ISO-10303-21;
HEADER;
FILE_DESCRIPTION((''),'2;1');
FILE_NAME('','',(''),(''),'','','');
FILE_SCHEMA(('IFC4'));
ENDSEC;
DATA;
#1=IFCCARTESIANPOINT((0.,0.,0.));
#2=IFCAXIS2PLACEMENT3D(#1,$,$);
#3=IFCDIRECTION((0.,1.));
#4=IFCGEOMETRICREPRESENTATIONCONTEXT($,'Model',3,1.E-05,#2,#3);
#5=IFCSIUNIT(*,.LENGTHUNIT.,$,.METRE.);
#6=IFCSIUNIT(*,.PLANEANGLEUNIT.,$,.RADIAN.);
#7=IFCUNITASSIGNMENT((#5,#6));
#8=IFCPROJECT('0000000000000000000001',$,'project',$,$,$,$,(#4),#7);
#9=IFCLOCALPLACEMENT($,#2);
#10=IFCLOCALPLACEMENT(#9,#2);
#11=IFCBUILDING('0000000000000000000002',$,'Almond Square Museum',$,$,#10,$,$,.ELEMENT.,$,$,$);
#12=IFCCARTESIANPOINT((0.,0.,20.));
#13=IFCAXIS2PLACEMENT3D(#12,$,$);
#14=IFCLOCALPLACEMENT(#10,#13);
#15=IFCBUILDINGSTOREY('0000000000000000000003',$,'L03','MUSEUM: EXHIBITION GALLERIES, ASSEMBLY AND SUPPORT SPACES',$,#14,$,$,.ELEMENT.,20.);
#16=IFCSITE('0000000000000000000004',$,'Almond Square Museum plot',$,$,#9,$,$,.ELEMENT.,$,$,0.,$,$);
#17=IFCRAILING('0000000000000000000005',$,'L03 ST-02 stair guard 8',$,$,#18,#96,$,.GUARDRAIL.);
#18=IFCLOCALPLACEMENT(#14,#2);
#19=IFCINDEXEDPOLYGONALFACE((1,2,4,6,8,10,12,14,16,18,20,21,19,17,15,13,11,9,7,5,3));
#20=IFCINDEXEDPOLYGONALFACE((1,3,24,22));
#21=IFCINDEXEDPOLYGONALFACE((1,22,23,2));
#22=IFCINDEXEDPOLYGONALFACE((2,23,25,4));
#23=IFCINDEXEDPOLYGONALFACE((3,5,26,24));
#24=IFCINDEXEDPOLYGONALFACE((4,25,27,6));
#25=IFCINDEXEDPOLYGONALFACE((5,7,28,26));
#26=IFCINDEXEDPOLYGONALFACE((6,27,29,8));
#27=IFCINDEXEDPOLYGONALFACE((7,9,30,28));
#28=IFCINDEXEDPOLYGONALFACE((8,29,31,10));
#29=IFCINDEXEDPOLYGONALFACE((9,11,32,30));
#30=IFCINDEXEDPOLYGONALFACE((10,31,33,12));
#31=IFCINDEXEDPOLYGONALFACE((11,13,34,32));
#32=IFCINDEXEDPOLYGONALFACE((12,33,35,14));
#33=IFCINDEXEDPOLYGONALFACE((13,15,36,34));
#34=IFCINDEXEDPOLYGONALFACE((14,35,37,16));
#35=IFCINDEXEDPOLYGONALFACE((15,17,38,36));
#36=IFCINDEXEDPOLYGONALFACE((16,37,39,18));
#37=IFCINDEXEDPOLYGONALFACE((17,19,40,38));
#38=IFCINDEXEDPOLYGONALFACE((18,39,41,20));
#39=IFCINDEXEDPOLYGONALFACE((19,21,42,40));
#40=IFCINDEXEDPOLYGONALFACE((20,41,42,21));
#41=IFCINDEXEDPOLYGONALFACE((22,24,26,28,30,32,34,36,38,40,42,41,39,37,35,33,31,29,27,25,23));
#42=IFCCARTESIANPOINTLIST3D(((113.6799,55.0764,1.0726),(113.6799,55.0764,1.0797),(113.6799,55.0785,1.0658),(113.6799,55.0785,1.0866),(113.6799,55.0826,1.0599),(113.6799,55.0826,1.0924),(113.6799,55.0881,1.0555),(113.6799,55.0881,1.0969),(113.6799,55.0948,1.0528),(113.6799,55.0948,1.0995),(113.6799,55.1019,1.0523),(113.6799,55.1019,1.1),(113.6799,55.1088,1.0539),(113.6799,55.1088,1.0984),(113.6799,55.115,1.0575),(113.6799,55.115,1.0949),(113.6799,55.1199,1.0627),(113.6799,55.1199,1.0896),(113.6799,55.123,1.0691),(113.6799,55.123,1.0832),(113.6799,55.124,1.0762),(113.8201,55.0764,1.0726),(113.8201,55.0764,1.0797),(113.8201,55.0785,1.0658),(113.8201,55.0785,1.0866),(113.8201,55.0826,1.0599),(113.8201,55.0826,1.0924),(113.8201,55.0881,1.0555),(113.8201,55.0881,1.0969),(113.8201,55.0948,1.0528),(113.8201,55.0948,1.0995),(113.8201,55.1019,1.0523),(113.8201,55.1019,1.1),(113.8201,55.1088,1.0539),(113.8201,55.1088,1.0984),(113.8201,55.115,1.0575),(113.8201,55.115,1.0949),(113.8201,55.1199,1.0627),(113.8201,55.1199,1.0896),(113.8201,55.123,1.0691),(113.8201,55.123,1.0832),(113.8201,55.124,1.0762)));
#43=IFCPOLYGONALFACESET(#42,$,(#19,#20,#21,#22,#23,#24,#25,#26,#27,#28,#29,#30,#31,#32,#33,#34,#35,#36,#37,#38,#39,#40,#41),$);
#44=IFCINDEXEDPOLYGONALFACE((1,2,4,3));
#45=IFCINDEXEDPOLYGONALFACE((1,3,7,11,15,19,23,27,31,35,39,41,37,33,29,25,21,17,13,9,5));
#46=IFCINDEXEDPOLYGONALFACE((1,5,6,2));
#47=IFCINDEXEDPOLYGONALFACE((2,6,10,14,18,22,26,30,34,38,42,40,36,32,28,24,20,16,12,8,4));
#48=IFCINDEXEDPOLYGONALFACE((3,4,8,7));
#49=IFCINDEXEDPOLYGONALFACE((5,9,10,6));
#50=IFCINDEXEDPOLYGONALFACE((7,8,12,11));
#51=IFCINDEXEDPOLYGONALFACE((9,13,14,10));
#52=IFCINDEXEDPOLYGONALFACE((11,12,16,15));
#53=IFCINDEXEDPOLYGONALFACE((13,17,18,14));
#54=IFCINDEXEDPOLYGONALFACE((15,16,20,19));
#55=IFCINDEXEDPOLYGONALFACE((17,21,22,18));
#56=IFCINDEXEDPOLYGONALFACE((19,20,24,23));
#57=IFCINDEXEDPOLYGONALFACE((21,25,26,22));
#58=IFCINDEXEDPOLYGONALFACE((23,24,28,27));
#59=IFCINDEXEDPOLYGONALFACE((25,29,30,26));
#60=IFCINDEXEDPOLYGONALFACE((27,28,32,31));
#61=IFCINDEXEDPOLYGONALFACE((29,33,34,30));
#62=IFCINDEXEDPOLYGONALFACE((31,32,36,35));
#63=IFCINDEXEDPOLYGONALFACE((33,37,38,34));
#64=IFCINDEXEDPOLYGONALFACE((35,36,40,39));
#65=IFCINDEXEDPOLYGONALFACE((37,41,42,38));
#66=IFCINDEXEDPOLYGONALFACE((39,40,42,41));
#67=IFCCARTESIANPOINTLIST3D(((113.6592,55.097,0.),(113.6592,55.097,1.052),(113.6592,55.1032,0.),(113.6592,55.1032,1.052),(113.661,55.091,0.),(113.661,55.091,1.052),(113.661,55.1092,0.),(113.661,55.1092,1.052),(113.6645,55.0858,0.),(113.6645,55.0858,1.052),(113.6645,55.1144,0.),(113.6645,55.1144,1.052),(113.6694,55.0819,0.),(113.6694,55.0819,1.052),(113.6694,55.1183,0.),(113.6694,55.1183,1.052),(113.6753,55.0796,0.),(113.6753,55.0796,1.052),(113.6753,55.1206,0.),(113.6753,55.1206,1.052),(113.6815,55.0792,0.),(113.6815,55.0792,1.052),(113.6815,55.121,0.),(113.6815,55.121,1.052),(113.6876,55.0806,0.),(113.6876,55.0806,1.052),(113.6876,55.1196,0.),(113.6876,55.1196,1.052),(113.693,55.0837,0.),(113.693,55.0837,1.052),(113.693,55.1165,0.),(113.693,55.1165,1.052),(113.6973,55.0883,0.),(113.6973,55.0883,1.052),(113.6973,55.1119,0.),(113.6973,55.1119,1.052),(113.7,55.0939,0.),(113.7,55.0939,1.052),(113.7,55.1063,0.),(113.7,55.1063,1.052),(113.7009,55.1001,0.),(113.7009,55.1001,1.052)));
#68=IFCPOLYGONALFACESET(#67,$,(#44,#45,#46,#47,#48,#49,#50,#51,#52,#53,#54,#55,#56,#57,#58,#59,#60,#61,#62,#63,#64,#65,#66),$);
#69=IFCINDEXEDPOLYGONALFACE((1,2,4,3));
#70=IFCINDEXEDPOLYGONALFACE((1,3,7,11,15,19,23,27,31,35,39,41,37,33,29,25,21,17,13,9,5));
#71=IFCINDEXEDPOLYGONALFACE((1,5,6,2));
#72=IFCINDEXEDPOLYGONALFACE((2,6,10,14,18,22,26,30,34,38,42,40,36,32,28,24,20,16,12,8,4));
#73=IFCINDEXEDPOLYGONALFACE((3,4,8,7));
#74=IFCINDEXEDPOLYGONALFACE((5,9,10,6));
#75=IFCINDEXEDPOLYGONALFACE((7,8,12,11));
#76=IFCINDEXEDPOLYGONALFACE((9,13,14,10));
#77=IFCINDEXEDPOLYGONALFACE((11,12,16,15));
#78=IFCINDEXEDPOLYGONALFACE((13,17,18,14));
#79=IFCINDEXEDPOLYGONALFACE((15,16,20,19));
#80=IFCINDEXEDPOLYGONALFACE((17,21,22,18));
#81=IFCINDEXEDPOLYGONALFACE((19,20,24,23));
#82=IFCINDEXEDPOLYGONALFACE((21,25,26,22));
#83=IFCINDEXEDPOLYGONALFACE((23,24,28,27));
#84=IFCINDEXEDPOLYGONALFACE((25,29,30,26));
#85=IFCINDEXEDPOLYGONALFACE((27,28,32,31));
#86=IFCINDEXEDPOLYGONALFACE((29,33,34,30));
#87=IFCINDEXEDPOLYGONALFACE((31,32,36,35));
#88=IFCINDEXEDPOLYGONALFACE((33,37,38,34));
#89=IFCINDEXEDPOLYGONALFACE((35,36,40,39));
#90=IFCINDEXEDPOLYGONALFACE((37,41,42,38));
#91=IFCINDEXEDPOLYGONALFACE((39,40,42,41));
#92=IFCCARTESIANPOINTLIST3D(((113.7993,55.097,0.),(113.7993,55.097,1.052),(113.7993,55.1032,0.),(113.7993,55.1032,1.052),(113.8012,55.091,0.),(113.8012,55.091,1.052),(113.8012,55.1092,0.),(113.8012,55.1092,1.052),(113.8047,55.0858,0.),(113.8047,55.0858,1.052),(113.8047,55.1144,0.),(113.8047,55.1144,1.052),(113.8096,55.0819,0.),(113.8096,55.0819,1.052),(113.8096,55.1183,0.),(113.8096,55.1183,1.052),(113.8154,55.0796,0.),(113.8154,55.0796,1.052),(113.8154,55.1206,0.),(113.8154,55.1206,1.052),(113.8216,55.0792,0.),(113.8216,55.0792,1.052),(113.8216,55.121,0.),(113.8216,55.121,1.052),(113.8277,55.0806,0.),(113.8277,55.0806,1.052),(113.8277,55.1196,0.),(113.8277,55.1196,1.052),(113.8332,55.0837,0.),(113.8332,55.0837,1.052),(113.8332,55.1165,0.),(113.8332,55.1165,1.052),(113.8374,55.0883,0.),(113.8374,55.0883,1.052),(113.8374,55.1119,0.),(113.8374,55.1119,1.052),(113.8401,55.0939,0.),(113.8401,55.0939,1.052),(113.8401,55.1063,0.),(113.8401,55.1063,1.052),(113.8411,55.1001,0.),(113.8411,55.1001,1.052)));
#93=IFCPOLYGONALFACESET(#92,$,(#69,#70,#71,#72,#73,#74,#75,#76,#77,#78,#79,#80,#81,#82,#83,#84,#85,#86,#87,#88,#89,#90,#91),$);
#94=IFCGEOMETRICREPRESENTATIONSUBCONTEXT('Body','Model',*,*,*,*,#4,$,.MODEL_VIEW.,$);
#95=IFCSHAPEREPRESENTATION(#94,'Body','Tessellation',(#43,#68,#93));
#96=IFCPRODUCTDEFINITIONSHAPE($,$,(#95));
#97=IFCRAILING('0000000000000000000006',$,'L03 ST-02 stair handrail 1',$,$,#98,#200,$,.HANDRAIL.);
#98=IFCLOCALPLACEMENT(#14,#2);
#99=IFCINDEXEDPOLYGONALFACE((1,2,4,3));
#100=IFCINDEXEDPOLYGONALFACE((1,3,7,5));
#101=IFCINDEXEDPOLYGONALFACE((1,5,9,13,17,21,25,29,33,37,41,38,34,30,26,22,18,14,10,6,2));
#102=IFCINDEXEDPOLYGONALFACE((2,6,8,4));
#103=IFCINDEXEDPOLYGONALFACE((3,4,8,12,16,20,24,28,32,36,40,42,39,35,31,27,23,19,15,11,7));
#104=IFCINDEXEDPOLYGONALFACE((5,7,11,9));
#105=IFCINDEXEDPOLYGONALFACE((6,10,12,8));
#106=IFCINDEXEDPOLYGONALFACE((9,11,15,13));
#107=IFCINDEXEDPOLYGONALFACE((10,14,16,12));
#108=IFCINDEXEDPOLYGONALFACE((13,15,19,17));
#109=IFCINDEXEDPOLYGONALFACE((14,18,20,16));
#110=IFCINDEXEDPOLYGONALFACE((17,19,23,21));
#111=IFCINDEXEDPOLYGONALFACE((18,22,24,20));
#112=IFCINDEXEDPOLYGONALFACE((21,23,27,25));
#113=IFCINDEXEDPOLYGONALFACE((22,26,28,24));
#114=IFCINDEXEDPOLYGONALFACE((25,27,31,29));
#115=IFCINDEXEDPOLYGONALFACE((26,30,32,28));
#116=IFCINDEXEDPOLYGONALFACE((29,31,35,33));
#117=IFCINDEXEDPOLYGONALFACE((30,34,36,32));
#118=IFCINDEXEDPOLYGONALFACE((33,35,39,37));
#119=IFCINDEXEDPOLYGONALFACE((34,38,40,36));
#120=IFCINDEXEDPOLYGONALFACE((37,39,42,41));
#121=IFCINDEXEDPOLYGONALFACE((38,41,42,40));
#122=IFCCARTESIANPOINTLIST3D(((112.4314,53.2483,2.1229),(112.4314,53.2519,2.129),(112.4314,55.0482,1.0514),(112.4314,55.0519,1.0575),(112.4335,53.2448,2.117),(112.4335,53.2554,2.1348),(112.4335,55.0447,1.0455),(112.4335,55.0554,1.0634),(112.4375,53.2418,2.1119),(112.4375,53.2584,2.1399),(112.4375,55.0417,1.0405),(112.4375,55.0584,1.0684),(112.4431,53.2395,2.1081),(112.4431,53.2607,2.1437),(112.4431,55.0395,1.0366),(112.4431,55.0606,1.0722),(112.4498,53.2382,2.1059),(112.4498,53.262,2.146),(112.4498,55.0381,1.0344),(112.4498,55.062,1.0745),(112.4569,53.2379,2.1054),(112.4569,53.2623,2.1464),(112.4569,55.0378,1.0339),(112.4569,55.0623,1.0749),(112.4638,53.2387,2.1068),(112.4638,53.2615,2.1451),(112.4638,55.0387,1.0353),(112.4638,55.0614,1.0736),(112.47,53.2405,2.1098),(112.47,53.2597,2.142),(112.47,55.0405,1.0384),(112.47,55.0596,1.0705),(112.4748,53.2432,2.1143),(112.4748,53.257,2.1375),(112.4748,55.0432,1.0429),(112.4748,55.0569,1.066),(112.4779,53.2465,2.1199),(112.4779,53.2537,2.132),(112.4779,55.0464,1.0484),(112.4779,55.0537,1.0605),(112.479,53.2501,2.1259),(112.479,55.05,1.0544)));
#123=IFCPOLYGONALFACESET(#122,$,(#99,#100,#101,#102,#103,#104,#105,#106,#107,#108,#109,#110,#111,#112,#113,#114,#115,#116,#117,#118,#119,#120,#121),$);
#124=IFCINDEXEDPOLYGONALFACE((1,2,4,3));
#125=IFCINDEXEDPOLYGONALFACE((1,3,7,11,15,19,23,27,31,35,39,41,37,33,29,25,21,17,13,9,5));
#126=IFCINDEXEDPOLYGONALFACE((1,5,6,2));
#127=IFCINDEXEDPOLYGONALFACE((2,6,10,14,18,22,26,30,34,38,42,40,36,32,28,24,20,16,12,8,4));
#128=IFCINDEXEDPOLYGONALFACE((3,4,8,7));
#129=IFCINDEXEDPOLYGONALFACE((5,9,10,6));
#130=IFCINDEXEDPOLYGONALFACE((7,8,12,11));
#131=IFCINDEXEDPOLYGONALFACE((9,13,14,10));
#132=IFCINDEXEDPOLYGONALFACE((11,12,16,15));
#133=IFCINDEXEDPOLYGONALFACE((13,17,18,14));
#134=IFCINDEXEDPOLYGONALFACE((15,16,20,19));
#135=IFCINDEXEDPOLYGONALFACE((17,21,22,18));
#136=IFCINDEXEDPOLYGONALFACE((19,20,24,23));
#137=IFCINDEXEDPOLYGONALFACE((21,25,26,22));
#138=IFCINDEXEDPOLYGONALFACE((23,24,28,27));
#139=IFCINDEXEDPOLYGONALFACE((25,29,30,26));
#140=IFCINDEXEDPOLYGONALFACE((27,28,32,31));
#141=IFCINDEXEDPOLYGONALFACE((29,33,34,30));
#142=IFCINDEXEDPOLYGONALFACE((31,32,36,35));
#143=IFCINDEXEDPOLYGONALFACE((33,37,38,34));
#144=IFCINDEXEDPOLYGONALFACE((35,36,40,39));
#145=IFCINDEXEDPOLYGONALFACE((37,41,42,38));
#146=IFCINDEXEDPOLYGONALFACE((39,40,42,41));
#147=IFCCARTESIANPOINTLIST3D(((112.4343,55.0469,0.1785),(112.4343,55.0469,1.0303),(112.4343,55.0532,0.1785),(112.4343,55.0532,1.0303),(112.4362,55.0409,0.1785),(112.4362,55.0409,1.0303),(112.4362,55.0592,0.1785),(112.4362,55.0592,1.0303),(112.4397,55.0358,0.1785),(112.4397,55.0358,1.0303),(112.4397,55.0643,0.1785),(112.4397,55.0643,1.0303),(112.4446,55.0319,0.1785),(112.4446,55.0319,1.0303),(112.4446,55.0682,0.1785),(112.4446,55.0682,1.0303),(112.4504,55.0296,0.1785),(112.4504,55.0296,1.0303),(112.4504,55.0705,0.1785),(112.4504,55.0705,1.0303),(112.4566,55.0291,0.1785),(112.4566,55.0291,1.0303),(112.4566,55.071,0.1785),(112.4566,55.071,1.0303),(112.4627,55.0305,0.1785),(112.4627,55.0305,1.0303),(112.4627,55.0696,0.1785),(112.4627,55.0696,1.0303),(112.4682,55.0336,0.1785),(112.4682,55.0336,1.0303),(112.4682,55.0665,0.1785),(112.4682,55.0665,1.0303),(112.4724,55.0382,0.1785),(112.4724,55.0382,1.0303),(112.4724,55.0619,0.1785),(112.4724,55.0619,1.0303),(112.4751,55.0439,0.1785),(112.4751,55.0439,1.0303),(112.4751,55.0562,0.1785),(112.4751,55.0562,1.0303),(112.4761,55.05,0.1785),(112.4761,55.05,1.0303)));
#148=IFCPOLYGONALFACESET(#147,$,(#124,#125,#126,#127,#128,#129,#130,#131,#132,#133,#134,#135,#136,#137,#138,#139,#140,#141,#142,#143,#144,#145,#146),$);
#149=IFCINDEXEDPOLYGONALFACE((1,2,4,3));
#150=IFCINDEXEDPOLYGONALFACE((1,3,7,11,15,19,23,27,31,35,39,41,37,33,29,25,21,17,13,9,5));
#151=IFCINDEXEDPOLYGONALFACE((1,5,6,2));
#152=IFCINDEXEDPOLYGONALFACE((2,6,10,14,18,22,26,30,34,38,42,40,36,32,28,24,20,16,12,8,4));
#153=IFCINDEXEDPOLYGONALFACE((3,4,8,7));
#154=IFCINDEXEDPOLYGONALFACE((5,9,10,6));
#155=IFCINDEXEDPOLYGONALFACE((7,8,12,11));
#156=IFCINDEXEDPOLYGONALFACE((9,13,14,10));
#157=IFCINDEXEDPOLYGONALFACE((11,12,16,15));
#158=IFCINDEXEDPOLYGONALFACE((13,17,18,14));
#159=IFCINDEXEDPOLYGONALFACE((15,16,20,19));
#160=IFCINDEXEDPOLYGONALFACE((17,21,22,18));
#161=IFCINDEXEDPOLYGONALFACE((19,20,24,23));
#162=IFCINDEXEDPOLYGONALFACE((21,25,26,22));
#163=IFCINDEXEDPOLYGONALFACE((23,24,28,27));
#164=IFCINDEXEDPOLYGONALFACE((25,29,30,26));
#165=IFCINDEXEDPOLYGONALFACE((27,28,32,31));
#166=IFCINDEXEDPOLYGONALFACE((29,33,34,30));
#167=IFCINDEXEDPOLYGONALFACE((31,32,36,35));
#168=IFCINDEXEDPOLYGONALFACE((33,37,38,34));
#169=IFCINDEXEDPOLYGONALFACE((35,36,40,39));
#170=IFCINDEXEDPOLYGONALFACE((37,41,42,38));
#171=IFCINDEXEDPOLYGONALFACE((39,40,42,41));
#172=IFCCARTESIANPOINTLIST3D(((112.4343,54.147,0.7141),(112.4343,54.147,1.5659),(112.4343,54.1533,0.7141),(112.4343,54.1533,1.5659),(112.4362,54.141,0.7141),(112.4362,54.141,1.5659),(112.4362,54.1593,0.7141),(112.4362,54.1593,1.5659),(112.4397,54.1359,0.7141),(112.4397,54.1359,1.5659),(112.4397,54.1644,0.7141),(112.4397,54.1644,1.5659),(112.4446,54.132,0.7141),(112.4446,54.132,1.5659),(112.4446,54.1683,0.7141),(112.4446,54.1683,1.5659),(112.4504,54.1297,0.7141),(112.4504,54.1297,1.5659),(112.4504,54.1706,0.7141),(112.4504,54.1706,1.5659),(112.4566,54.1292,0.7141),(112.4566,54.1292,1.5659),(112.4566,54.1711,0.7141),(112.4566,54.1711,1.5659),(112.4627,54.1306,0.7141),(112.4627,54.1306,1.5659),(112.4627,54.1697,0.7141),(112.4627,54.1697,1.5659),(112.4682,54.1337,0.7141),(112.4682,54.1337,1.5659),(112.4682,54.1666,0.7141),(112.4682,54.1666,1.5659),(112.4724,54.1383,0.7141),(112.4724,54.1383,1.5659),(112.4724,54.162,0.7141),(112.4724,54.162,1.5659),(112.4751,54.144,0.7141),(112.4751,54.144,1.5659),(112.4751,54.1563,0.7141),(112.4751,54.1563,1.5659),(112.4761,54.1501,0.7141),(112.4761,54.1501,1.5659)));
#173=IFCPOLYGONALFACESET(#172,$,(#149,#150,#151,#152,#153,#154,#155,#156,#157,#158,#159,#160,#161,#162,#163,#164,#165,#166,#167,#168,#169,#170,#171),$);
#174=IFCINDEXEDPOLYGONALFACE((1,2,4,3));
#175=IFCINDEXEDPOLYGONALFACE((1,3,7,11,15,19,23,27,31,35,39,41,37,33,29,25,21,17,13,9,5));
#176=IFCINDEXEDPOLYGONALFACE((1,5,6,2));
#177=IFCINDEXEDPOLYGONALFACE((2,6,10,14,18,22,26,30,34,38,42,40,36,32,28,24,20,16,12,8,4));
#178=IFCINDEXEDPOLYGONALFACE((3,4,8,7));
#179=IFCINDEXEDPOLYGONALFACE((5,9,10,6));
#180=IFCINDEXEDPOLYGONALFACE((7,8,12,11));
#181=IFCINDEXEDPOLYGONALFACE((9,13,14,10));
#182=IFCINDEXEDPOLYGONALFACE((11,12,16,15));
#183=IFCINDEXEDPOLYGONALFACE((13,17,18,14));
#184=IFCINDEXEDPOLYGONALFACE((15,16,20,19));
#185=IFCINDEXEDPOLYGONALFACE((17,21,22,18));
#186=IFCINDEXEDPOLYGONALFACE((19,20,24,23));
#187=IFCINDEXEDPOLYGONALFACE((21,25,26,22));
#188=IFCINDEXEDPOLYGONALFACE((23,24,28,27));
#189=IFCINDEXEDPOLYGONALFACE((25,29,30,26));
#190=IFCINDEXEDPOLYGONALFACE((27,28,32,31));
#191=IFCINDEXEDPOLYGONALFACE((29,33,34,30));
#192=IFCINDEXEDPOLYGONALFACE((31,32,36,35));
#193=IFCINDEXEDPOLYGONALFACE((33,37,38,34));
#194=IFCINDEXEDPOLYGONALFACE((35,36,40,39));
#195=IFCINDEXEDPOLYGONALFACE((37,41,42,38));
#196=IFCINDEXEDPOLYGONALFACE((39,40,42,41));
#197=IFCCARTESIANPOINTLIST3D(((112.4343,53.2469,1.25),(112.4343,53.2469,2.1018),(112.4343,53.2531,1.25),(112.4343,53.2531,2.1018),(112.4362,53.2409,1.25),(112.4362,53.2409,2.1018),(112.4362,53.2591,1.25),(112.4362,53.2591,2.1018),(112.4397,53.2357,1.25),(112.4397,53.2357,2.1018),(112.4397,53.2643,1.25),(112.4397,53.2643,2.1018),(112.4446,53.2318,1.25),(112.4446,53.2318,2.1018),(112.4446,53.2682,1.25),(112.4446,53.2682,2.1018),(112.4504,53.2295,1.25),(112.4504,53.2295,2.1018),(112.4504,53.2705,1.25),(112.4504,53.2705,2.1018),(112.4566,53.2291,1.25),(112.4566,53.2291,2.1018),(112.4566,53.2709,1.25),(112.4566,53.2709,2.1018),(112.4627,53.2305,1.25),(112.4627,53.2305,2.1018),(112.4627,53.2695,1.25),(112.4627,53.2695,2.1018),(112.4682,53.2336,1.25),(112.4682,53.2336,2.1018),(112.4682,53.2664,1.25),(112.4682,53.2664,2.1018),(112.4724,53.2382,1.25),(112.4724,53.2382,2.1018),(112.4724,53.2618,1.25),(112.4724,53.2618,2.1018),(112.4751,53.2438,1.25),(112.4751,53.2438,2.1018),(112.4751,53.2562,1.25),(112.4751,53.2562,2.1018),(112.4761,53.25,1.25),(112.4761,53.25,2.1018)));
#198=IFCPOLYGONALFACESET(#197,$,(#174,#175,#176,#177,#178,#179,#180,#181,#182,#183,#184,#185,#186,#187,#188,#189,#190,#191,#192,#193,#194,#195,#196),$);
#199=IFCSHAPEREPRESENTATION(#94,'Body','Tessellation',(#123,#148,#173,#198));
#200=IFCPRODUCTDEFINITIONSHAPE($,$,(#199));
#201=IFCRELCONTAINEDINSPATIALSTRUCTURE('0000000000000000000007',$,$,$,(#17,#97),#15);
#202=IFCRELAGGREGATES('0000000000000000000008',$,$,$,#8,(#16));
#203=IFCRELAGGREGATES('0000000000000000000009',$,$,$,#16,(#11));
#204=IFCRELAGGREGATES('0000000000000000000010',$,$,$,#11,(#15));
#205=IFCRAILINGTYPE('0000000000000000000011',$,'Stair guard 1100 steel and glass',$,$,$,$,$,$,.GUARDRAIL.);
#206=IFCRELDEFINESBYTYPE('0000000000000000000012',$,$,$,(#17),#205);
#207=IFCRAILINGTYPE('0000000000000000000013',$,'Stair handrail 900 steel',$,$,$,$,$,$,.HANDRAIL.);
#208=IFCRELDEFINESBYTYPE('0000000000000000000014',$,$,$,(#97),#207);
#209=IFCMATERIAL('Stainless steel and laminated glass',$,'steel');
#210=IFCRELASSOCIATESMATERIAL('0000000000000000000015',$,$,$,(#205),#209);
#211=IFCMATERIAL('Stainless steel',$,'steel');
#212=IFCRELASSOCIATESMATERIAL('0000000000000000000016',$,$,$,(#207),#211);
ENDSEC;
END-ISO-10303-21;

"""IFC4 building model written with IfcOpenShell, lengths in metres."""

from ifc_helpers import new_model, si_unit, direction, frame, origin, origin_2d, place, context, subcontext, project, spatial, circle, extrude, material, type_object, element, save


model = new_model("IFC4")

# Units and contexts
model_context = context("Model", 3, precision=1e-05, world=origin(), true_north=direction((0.0, 1.0)))
body_context = subcontext(model_context, "Body", "Model", "MODEL_VIEW")
ifc_project = project(units=[si_unit("LENGTHUNIT", "METRE"), si_unit("PLANEANGLEUNIT", "RADIAN")], contexts=[model_context])

# Site, building, storey
site_placement = place(None, origin())
site = spatial("IfcSite", under=ifc_project, at=site_placement, Name="Almond Square Museum plot", CompositionType="ELEMENT", RefElevation=0.0)
building_placement = place(site_placement, origin())
building = spatial("IfcBuilding", under=site, at=building_placement, Name="Almond Square Museum", CompositionType="ELEMENT")
storey_placement = place(building_placement, frame((0.0, 0.0, 20.0)))
storey = spatial("IfcBuildingStorey", under=building, at=storey_placement, Name="L03", Description="MUSEUM: EXHIBITION GALLERIES, ASSEMBLY AND SUPPORT SPACES", CompositionType="ELEMENT", Elevation=20.0)

# Railings
ifc_material_1 = material(Name="Stainless steel and laminated glass", Category="steel")
railing_type_1 = type_object("IfcRailingType", Name="Stair guard 1100 steel and glass", PredefinedType="GUARDRAIL", material=ifc_material_1)
railing_1_placement = place(storey_placement, frame((113.6799, 55.1001, 0.0)))
element("IfcRailing", 1, at=railing_1_placement, inside=storey, type_object=railing_type_1, Name="L03 ST-02 stair guard 8", PredefinedType="GUARDRAIL", context=body_context, shape_type="SweptSolid", body=[
    extrude(circle(Radius=0.0239, at=origin_2d()), frame((0.0, 0.0, 1.0762), z_axis=(1.0, 0.0, 0.0), x_axis=(0.0, 1.0, 0.0)), (0.0, 0.0, 1.0), 0.1401),
    extrude(circle(Radius=0.021, at=origin_2d()), origin(), (0.0, 0.0, 1.0), 1.052),
    extrude(circle(Radius=0.021, at=origin_2d()), frame((0.1401, 0.0, 0.0)), (0.0, 0.0, 1.0), 1.052),
])
ifc_material_2 = material(Name="Stainless steel", Category="steel")
railing_type_2 = type_object("IfcRailingType", Name="Stair handrail 900 steel", PredefinedType="HANDRAIL", material=ifc_material_2)
for number, where, name in (
    (2, (112.4551, 55.05, 0.1785), "L03 ST-02 stair handrail 1"),
):
    element("IfcRailing", number, at=place(storey_placement, frame(where)), inside=storey, type_object=railing_type_2, Name=name, PredefinedType="HANDRAIL", context=body_context, shape_type="SweptSolid", body=[
        extrude(circle(Radius=0.0239, at=origin_2d()), frame((0.0, 0.0, 0.876), z_axis=(0.0, -0.859277, 0.51151), x_axis=(1.0, 0.0, 0.0)), (0.0, 0.0, 1.0), 2.0947),
        extrude(circle(Radius=0.021, at=origin_2d()), origin(), (0.0, 0.0, 1.0), 0.8518),
        extrude(circle(Radius=0.021, at=origin_2d()), frame((0.0, -0.8999, 0.5356)), (0.0, 0.0, 1.0), 0.8518),
        extrude(circle(Radius=0.021, at=origin_2d()), frame((0.0, -1.8, 1.0715)), (0.0, 0.0, 1.0), 0.8518),
    ])

save(model, "model.ifc")
